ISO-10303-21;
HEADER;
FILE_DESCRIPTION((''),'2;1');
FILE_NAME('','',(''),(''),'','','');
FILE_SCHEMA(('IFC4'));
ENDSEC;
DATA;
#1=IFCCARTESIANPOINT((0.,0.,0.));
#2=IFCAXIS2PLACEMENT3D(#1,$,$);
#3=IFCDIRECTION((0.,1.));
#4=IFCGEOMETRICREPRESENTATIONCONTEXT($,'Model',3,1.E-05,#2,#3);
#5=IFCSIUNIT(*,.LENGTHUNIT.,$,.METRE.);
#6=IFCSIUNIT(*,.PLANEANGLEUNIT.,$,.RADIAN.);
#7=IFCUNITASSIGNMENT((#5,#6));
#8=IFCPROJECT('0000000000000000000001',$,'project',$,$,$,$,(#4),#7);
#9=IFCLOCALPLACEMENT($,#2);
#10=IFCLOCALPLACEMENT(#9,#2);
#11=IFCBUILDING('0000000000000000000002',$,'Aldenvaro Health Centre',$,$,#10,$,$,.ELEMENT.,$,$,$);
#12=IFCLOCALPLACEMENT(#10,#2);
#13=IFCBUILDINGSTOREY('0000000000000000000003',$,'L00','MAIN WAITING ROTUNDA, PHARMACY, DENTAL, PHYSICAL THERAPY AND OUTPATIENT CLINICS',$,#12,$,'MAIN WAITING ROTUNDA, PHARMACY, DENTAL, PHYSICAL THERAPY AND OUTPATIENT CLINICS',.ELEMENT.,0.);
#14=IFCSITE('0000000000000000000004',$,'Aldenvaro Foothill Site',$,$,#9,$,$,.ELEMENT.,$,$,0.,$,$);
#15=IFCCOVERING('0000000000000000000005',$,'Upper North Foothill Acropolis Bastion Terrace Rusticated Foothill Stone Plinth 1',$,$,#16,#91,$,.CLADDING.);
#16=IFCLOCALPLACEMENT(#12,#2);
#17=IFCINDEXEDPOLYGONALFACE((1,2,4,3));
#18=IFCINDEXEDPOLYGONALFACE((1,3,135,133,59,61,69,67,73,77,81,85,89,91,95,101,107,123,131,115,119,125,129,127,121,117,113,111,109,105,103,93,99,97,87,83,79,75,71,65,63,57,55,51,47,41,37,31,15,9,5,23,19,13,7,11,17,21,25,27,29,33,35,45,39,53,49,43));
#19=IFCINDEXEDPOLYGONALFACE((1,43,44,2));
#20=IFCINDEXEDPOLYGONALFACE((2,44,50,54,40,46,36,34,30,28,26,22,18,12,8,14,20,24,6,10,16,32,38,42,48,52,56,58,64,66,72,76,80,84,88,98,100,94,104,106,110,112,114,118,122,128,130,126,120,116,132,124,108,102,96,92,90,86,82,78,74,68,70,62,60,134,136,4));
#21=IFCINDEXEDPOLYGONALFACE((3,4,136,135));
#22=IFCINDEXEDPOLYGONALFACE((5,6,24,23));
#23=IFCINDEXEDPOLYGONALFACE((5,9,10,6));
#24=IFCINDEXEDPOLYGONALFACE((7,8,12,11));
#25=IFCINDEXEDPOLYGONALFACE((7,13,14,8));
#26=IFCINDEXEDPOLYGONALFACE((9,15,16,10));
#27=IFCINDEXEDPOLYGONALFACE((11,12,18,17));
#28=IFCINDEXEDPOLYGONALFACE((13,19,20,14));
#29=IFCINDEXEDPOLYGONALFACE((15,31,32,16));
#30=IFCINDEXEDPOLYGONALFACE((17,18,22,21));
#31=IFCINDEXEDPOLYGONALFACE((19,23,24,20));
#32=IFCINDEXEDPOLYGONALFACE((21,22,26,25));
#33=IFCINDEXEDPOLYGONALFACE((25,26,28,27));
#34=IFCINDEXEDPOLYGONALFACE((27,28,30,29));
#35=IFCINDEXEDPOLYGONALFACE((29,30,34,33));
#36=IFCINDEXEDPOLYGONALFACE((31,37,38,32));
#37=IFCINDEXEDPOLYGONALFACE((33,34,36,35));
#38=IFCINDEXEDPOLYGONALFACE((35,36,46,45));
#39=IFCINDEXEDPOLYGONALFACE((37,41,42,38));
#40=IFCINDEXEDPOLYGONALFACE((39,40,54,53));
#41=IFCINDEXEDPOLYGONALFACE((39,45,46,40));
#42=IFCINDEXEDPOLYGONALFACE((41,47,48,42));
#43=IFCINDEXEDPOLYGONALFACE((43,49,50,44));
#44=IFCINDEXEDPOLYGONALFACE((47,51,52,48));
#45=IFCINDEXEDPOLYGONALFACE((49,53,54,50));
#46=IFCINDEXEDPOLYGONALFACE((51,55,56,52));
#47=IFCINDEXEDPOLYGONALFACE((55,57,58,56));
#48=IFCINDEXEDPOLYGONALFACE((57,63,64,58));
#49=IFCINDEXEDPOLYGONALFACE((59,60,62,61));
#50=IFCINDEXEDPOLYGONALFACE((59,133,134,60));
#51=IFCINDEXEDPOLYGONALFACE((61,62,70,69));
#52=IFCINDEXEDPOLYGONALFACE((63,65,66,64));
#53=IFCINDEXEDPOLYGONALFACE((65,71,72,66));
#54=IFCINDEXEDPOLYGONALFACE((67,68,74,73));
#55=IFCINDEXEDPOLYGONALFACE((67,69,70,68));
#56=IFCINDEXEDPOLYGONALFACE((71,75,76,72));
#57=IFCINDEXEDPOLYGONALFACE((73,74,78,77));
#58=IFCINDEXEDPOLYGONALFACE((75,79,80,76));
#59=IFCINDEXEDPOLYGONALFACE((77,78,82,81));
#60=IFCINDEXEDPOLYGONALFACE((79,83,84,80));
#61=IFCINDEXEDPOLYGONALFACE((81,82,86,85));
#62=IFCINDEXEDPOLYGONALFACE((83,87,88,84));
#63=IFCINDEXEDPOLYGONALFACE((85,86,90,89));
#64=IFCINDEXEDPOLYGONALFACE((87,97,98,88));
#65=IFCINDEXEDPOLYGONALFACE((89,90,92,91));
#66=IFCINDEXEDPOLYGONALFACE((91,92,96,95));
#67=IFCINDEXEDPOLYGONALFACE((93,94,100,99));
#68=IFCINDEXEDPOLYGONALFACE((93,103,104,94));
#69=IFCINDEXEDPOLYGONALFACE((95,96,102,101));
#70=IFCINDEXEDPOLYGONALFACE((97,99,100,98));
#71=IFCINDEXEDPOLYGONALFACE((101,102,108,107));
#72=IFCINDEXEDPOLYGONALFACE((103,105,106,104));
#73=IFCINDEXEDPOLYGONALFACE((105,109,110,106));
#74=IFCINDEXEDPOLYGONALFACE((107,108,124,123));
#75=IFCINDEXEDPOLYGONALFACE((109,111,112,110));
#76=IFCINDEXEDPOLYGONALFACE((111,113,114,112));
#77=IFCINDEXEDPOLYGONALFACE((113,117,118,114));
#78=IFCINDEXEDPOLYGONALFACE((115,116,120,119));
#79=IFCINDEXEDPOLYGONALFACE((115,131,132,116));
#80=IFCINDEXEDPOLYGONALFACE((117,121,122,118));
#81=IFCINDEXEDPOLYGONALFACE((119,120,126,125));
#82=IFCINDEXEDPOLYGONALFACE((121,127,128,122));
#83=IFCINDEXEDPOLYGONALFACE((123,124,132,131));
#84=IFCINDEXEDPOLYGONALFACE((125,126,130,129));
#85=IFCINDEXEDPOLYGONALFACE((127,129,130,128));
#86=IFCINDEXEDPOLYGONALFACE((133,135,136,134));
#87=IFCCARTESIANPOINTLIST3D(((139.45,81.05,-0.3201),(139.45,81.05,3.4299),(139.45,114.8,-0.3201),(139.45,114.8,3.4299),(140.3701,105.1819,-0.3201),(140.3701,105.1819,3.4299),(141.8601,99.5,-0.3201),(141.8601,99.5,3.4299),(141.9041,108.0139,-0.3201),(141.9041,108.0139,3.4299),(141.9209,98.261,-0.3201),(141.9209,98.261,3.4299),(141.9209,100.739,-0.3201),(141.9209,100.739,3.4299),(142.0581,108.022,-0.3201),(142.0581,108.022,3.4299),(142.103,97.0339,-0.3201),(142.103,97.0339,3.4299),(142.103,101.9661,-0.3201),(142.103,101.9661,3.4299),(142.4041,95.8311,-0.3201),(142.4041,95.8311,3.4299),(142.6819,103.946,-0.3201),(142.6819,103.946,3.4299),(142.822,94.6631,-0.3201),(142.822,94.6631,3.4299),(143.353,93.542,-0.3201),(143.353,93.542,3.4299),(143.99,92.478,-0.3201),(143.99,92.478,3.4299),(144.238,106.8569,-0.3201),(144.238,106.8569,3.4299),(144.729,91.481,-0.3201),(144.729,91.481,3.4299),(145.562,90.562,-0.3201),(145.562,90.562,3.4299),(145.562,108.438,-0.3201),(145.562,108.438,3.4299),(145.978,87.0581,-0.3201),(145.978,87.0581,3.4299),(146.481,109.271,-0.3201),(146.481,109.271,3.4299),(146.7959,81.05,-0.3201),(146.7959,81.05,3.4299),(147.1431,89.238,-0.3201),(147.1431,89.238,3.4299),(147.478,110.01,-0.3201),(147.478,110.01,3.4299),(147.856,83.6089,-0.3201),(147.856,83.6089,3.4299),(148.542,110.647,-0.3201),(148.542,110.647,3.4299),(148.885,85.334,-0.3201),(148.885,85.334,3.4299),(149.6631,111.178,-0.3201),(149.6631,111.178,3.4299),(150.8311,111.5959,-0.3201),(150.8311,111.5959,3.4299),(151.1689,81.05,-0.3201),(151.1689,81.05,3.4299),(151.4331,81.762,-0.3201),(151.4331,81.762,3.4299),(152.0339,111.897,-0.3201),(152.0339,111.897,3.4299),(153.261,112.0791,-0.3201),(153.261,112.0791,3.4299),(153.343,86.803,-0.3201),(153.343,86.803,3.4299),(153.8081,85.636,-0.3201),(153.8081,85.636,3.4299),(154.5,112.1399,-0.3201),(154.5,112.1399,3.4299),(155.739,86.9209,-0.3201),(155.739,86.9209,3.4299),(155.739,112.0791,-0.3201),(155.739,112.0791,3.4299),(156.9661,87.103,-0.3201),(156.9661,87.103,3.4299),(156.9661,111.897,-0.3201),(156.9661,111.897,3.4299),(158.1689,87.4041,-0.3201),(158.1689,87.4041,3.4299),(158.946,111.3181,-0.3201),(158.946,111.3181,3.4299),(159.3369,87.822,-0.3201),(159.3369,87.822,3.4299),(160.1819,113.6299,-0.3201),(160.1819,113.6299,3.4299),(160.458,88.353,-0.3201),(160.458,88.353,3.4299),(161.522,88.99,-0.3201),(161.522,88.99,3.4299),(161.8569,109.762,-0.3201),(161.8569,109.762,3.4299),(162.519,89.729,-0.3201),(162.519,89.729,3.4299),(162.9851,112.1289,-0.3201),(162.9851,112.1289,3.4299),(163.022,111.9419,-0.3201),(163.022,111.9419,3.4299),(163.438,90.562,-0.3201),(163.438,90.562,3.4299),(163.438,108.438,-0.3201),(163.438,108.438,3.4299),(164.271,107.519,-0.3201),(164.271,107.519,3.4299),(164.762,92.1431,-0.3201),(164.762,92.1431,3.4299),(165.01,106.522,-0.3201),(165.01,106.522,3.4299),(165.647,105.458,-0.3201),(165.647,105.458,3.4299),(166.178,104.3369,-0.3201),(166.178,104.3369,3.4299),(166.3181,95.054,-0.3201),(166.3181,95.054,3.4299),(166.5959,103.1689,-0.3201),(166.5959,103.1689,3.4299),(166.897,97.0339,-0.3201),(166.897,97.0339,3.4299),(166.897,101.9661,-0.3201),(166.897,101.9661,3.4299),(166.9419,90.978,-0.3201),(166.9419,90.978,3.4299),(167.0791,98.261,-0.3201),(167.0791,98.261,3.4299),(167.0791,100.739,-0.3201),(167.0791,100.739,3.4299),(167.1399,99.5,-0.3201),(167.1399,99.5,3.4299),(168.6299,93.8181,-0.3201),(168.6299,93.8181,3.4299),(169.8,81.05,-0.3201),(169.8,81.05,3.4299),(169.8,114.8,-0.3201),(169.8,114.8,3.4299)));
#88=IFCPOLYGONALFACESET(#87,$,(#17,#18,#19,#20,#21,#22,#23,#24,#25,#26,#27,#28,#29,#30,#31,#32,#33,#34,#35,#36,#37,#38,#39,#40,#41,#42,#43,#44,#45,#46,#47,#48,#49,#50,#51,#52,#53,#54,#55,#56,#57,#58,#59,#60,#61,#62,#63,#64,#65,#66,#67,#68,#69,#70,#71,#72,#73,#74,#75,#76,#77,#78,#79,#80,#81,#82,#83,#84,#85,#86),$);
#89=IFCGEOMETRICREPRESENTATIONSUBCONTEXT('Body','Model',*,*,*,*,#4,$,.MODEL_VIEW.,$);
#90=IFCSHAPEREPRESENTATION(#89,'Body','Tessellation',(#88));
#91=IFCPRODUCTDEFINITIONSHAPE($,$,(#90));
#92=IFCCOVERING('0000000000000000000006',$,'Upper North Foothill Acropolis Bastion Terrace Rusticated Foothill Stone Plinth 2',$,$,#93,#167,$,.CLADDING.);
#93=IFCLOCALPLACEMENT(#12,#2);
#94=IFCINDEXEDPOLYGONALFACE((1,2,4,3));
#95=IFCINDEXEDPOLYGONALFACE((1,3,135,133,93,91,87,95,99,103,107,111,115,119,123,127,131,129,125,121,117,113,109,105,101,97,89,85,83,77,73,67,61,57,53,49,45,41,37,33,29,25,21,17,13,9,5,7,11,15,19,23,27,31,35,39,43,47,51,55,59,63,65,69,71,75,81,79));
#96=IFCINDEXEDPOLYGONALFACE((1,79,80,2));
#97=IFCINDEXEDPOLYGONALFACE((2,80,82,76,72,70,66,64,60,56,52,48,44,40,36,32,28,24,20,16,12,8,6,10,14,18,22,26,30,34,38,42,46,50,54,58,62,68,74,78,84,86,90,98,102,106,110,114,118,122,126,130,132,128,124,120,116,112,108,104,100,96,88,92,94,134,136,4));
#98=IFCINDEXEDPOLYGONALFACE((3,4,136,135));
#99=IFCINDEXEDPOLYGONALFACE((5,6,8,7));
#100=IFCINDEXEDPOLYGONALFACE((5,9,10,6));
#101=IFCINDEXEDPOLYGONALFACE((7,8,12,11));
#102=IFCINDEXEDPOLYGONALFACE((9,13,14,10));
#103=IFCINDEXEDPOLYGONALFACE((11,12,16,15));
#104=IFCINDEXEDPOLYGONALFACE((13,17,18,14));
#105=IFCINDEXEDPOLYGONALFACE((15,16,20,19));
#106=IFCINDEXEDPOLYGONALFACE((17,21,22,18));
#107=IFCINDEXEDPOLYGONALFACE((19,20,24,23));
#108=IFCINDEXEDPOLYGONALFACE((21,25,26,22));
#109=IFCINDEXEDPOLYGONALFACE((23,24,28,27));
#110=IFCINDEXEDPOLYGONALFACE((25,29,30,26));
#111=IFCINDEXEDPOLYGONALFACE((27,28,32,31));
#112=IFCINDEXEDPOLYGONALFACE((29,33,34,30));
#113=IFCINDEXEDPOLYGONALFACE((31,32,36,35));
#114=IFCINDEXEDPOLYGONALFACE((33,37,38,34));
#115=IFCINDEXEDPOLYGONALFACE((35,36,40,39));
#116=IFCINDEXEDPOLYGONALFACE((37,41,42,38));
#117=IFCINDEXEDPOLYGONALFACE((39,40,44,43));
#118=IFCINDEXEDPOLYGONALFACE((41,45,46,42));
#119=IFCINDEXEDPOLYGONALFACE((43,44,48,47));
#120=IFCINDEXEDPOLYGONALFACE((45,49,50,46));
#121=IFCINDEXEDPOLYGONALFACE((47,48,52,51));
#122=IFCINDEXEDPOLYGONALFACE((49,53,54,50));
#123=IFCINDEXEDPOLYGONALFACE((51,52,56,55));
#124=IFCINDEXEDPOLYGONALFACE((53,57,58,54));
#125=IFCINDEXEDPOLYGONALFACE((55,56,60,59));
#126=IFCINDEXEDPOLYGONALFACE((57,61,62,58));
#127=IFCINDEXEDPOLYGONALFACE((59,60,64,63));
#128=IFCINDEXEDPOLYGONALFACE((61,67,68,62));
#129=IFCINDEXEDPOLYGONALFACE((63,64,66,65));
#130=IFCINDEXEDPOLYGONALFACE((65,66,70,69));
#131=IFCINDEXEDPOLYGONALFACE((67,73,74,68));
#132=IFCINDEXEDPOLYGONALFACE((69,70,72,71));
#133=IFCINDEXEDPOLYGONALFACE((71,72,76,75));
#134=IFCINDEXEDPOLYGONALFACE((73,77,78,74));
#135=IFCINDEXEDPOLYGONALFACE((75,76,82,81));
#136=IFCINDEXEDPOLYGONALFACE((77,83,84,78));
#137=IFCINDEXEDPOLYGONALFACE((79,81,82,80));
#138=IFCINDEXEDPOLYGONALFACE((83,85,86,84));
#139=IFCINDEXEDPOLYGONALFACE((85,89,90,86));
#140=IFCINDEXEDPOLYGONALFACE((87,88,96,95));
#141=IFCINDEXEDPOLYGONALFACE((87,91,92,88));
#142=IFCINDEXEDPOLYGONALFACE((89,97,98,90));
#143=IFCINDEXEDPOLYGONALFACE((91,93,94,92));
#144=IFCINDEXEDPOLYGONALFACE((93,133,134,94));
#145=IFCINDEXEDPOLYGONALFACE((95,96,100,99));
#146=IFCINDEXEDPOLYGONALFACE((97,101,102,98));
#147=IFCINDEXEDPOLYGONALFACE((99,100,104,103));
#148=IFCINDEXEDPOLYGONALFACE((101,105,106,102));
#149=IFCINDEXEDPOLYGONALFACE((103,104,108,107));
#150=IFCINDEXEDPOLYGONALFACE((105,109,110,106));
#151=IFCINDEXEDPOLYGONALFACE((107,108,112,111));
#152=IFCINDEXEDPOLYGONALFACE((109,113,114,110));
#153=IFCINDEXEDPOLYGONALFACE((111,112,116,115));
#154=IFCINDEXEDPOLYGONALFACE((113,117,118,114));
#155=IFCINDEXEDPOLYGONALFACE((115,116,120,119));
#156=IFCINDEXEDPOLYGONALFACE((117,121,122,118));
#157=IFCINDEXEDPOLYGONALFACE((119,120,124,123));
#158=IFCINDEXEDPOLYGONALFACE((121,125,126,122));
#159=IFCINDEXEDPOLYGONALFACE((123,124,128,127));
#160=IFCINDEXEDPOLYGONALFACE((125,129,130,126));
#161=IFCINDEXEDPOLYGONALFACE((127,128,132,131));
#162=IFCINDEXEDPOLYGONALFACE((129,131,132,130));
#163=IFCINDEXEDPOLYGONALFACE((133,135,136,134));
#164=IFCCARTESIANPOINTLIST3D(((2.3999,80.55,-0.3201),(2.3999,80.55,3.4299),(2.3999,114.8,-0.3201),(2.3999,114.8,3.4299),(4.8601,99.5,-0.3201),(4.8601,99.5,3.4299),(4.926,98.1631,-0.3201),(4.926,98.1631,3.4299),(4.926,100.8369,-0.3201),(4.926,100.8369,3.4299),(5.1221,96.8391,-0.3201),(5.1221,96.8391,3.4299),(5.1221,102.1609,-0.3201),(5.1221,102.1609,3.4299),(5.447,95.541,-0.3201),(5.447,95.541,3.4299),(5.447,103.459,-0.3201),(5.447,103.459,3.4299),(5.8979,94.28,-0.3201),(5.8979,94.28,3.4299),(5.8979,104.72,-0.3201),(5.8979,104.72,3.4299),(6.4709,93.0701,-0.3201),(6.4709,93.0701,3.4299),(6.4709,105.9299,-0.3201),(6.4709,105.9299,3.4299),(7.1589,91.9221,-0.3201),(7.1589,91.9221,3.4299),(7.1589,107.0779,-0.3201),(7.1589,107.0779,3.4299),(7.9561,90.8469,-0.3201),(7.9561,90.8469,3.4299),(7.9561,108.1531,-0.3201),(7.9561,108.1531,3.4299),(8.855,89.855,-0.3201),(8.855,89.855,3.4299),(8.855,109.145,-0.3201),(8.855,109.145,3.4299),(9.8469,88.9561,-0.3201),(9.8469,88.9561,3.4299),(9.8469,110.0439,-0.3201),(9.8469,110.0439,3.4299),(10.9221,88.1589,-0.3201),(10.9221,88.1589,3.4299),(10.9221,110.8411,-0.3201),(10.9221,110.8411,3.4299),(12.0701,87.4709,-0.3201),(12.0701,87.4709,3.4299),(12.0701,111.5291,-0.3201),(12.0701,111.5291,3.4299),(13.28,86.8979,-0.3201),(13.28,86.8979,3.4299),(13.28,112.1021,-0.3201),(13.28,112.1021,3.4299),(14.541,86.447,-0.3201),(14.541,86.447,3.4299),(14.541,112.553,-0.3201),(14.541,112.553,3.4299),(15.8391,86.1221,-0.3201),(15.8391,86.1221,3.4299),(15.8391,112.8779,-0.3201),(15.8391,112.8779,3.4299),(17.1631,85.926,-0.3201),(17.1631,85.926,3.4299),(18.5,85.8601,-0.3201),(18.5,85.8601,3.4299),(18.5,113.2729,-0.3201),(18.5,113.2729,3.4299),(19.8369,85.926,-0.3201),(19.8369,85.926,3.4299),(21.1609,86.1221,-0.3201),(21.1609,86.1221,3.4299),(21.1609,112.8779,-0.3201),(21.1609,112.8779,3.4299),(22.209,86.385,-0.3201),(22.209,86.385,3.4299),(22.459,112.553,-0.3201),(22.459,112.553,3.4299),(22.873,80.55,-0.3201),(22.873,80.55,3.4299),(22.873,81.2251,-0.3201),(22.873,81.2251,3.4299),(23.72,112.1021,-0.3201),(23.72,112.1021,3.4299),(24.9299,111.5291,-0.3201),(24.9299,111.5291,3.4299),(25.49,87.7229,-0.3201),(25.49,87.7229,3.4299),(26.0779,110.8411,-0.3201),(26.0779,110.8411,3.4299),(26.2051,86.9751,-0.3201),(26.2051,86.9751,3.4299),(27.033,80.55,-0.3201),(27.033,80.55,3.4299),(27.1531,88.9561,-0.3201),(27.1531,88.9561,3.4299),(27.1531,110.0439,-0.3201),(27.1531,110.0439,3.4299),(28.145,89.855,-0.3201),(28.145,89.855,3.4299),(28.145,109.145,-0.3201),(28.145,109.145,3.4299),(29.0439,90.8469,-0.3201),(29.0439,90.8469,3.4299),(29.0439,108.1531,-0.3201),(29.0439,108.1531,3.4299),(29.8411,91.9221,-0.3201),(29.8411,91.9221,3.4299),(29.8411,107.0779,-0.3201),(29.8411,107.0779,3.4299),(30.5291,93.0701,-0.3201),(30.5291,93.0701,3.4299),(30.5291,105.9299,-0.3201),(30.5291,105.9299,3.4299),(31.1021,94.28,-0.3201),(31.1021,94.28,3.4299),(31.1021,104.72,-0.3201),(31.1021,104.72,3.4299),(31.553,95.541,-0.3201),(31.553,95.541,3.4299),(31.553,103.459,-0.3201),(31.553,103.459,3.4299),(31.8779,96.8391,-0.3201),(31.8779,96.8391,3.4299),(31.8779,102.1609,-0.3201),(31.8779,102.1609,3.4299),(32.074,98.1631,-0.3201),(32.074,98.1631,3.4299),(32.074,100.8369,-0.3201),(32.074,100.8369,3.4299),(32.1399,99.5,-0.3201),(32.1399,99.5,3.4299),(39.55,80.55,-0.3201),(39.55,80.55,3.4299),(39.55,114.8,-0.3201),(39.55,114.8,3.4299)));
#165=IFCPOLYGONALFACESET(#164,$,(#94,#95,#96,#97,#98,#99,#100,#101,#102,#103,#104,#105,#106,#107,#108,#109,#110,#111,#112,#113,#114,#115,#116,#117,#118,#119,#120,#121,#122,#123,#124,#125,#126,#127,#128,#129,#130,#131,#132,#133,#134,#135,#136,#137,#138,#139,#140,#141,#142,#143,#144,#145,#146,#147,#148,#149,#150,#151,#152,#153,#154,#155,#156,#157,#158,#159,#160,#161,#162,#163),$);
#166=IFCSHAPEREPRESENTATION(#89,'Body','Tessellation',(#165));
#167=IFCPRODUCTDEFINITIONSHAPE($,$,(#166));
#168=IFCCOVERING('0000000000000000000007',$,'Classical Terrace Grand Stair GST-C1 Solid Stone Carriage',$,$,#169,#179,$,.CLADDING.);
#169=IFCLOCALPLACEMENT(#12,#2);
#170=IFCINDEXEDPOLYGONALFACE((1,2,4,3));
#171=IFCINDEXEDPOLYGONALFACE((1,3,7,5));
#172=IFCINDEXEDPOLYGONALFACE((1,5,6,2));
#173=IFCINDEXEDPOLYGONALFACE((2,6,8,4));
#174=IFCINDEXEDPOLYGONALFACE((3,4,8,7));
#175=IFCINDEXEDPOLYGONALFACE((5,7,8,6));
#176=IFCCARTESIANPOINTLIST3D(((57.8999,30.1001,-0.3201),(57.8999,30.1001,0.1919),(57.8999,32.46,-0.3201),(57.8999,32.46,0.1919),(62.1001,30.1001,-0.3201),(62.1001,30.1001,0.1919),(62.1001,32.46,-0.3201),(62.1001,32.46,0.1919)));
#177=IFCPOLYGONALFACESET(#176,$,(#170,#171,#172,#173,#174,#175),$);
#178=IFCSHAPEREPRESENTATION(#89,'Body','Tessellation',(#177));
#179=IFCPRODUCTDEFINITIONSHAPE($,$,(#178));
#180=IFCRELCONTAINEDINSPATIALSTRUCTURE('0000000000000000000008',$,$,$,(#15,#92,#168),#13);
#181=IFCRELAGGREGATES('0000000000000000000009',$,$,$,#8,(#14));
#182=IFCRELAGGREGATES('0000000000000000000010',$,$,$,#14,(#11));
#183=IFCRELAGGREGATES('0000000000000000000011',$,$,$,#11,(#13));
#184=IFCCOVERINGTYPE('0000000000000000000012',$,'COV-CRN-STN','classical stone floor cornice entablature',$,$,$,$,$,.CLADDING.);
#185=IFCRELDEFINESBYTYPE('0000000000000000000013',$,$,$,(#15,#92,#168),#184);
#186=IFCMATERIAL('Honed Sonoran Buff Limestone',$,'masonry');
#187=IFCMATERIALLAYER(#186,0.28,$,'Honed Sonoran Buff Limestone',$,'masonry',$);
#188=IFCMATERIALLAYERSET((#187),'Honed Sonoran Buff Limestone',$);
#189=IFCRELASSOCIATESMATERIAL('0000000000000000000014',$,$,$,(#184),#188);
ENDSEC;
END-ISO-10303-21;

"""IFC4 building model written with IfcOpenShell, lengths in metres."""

from ifc_helpers import new_model, si_unit, direction, frame, origin, place, context, subcontext, project, spatial, polyline, outline, extrude, material, layer, layer_set, type_object, element, save


model = new_model("IFC4")

# Units and contexts
model_context = context("Model", 3, precision=1e-05, world=origin(), true_north=direction((0.0, 1.0)))
body_context = subcontext(model_context, "Body", "Model", "MODEL_VIEW")
ifc_project = project(units=[si_unit("LENGTHUNIT", "METRE"), si_unit("PLANEANGLEUNIT", "RADIAN")], contexts=[model_context])

# Site, building, storey
site_placement = place(None, origin())
site = spatial("IfcSite", under=ifc_project, at=site_placement, Name="Aldenvaro Foothill Site", CompositionType="ELEMENT", RefElevation=0.0)
building_placement = place(site_placement, origin())
building = spatial("IfcBuilding", under=site, at=building_placement, Name="Aldenvaro Health Centre", CompositionType="ELEMENT")
storey_placement = place(building_placement, origin())
storey = spatial("IfcBuildingStorey", under=building, at=storey_placement, Name="L00", Description="MAIN WAITING ROTUNDA, PHARMACY, DENTAL, PHYSICAL THERAPY AND OUTPATIENT CLINICS", LongName="MAIN WAITING ROTUNDA, PHARMACY, DENTAL, PHYSICAL THERAPY AND OUTPATIENT CLINICS", CompositionType="ELEMENT", Elevation=0.0)

# Coverings
ifc_material_1 = material(Name="Honed Sonoran Buff Limestone", Category="masonry")
ifc_layer_1 = layer(ifc_material_1, 0.28, Name="Honed Sonoran Buff Limestone", Category="masonry")
ifc_layer_set_1 = layer_set([ifc_layer_1], Name="Honed Sonoran Buff Limestone")
covering_type_1 = type_object("IfcCoveringType", Name="COV-CRN-STN", Description="classical stone floor cornice entablature", PredefinedType="CLADDING", material=ifc_layer_set_1)
covering_1_placement = place(storey_placement, frame((0.0, 0.0, -0.3201)))
element("IfcCovering", 1, at=covering_1_placement, inside=storey, type_object=covering_type_1, Name="Upper North Foothill Acropolis Bastion Terrace Rusticated Foothill Stone Plinth 1", PredefinedType="CLADDING", context=body_context, shape_type="SweptSolid", body=[
    extrude(outline(polyline([(139.45, 81.05), (139.45, 114.8), (169.8, 114.8), (169.8, 81.05), (151.1689, 81.05), (151.4331, 81.762), (153.8081, 85.636), (153.343, 86.803), (155.739, 86.9209), (156.9661, 87.103), (158.1689, 87.4041), (159.3369, 87.822), (160.458, 88.353), (161.522, 88.99), (162.519, 89.729), (163.438, 90.562), (164.762, 92.1431), (166.9419, 90.978), (168.6299, 93.8181), (166.3181, 95.054), (166.897, 97.0339), (167.0791, 98.261), (167.1399, 99.5), (167.0791, 100.739), (166.897, 101.9661), (166.5959, 103.1689), (166.178, 104.3369), (165.647, 105.458), (165.01, 106.522), (164.271, 107.519), (163.438, 108.438), (161.8569, 109.762), (163.022, 111.9419), (162.9851, 112.1289), (160.1819, 113.6299), (158.946, 111.3181), (156.9661, 111.897), (155.739, 112.0791), (154.5, 112.1399), (153.261, 112.0791), (152.0339, 111.897), (150.8311, 111.5959), (149.6631, 111.178), (148.542, 110.647), (147.478, 110.01), (146.481, 109.271), (145.562, 108.438), (144.238, 106.8569), (142.0581, 108.022), (141.9041, 108.0139), (140.3701, 105.1819), (142.6819, 103.946), (142.103, 101.9661), (141.9209, 100.739), (141.8601, 99.5), (141.9209, 98.261), (142.103, 97.0339), (142.4041, 95.8311), (142.822, 94.6631), (143.353, 93.542), (143.99, 92.478), (144.729, 91.481), (145.562, 90.562), (147.1431, 89.238), (145.978, 87.0581), (148.885, 85.334), (147.856, 83.6089), (146.7959, 81.05), (139.45, 81.05)])), origin(), (0.0, 0.0, 1.0), 3.75),
])
covering_2_placement = place(storey_placement, frame((0.0, 0.0, -0.3201)))
element("IfcCovering", 2, at=covering_2_placement, inside=storey, type_object=covering_type_1, Name="Upper North Foothill Acropolis Bastion Terrace Rusticated Foothill Stone Plinth 2", PredefinedType="CLADDING", context=body_context, shape_type="SweptSolid", body=[
    extrude(outline(polyline([(2.3999, 114.8), (39.55, 114.8), (39.55, 80.55), (27.033, 80.55), (26.2051, 86.9751), (25.49, 87.7229), (27.1531, 88.9561), (28.145, 89.855), (29.0439, 90.8469), (29.8411, 91.9221), (30.5291, 93.0701), (31.1021, 94.28), (31.553, 95.541), (31.8779, 96.8391), (32.074, 98.1631), (32.1399, 99.5), (32.074, 100.8369), (31.8779, 102.1609), (31.553, 103.459), (31.1021, 104.72), (30.5291, 105.9299), (29.8411, 107.0779), (29.0439, 108.1531), (28.145, 109.145), (27.1531, 110.0439), (26.0779, 110.8411), (24.9299, 111.5291), (23.72, 112.1021), (22.459, 112.553), (21.1609, 112.8779), (18.5, 113.2729), (15.8391, 112.8779), (14.541, 112.553), (13.28, 112.1021), (12.0701, 111.5291), (10.9221, 110.8411), (9.8469, 110.0439), (8.855, 109.145), (7.9561, 108.1531), (7.1589, 107.0779), (6.4709, 105.9299), (5.8979, 104.72), (5.447, 103.459), (5.1221, 102.1609), (4.926, 100.8369), (4.8601, 99.5), (4.926, 98.1631), (5.1221, 96.8391), (5.447, 95.541), (5.8979, 94.28), (6.4709, 93.0701), (7.1589, 91.9221), (7.9561, 90.8469), (8.855, 89.855), (9.8469, 88.9561), (10.9221, 88.1589), (12.0701, 87.4709), (13.28, 86.8979), (14.541, 86.447), (15.8391, 86.1221), (17.1631, 85.926), (18.5, 85.8601), (19.8369, 85.926), (21.1609, 86.1221), (22.209, 86.385), (22.873, 81.2251), (22.873, 80.55), (2.3999, 80.55), (2.3999, 114.8)])), origin(), (0.0, 0.0, 1.0), 3.75),
])
covering_3_placement = place(storey_placement, frame((0.0, 0.0, -0.3201)))
element("IfcCovering", 3, at=covering_3_placement, inside=storey, type_object=covering_type_1, Name="Classical Terrace Grand Stair GST-C1 Solid Stone Carriage", PredefinedType="CLADDING", context=body_context, shape_type="SweptSolid", body=[
    extrude(outline(polyline([(57.8999, 30.1001), (62.1001, 30.1001), (62.1001, 32.46), (57.8999, 32.46), (57.8999, 30.1001)])), origin(), (0.0, 0.0, 1.0), 0.512),
])

save(model, "model.ifc")
